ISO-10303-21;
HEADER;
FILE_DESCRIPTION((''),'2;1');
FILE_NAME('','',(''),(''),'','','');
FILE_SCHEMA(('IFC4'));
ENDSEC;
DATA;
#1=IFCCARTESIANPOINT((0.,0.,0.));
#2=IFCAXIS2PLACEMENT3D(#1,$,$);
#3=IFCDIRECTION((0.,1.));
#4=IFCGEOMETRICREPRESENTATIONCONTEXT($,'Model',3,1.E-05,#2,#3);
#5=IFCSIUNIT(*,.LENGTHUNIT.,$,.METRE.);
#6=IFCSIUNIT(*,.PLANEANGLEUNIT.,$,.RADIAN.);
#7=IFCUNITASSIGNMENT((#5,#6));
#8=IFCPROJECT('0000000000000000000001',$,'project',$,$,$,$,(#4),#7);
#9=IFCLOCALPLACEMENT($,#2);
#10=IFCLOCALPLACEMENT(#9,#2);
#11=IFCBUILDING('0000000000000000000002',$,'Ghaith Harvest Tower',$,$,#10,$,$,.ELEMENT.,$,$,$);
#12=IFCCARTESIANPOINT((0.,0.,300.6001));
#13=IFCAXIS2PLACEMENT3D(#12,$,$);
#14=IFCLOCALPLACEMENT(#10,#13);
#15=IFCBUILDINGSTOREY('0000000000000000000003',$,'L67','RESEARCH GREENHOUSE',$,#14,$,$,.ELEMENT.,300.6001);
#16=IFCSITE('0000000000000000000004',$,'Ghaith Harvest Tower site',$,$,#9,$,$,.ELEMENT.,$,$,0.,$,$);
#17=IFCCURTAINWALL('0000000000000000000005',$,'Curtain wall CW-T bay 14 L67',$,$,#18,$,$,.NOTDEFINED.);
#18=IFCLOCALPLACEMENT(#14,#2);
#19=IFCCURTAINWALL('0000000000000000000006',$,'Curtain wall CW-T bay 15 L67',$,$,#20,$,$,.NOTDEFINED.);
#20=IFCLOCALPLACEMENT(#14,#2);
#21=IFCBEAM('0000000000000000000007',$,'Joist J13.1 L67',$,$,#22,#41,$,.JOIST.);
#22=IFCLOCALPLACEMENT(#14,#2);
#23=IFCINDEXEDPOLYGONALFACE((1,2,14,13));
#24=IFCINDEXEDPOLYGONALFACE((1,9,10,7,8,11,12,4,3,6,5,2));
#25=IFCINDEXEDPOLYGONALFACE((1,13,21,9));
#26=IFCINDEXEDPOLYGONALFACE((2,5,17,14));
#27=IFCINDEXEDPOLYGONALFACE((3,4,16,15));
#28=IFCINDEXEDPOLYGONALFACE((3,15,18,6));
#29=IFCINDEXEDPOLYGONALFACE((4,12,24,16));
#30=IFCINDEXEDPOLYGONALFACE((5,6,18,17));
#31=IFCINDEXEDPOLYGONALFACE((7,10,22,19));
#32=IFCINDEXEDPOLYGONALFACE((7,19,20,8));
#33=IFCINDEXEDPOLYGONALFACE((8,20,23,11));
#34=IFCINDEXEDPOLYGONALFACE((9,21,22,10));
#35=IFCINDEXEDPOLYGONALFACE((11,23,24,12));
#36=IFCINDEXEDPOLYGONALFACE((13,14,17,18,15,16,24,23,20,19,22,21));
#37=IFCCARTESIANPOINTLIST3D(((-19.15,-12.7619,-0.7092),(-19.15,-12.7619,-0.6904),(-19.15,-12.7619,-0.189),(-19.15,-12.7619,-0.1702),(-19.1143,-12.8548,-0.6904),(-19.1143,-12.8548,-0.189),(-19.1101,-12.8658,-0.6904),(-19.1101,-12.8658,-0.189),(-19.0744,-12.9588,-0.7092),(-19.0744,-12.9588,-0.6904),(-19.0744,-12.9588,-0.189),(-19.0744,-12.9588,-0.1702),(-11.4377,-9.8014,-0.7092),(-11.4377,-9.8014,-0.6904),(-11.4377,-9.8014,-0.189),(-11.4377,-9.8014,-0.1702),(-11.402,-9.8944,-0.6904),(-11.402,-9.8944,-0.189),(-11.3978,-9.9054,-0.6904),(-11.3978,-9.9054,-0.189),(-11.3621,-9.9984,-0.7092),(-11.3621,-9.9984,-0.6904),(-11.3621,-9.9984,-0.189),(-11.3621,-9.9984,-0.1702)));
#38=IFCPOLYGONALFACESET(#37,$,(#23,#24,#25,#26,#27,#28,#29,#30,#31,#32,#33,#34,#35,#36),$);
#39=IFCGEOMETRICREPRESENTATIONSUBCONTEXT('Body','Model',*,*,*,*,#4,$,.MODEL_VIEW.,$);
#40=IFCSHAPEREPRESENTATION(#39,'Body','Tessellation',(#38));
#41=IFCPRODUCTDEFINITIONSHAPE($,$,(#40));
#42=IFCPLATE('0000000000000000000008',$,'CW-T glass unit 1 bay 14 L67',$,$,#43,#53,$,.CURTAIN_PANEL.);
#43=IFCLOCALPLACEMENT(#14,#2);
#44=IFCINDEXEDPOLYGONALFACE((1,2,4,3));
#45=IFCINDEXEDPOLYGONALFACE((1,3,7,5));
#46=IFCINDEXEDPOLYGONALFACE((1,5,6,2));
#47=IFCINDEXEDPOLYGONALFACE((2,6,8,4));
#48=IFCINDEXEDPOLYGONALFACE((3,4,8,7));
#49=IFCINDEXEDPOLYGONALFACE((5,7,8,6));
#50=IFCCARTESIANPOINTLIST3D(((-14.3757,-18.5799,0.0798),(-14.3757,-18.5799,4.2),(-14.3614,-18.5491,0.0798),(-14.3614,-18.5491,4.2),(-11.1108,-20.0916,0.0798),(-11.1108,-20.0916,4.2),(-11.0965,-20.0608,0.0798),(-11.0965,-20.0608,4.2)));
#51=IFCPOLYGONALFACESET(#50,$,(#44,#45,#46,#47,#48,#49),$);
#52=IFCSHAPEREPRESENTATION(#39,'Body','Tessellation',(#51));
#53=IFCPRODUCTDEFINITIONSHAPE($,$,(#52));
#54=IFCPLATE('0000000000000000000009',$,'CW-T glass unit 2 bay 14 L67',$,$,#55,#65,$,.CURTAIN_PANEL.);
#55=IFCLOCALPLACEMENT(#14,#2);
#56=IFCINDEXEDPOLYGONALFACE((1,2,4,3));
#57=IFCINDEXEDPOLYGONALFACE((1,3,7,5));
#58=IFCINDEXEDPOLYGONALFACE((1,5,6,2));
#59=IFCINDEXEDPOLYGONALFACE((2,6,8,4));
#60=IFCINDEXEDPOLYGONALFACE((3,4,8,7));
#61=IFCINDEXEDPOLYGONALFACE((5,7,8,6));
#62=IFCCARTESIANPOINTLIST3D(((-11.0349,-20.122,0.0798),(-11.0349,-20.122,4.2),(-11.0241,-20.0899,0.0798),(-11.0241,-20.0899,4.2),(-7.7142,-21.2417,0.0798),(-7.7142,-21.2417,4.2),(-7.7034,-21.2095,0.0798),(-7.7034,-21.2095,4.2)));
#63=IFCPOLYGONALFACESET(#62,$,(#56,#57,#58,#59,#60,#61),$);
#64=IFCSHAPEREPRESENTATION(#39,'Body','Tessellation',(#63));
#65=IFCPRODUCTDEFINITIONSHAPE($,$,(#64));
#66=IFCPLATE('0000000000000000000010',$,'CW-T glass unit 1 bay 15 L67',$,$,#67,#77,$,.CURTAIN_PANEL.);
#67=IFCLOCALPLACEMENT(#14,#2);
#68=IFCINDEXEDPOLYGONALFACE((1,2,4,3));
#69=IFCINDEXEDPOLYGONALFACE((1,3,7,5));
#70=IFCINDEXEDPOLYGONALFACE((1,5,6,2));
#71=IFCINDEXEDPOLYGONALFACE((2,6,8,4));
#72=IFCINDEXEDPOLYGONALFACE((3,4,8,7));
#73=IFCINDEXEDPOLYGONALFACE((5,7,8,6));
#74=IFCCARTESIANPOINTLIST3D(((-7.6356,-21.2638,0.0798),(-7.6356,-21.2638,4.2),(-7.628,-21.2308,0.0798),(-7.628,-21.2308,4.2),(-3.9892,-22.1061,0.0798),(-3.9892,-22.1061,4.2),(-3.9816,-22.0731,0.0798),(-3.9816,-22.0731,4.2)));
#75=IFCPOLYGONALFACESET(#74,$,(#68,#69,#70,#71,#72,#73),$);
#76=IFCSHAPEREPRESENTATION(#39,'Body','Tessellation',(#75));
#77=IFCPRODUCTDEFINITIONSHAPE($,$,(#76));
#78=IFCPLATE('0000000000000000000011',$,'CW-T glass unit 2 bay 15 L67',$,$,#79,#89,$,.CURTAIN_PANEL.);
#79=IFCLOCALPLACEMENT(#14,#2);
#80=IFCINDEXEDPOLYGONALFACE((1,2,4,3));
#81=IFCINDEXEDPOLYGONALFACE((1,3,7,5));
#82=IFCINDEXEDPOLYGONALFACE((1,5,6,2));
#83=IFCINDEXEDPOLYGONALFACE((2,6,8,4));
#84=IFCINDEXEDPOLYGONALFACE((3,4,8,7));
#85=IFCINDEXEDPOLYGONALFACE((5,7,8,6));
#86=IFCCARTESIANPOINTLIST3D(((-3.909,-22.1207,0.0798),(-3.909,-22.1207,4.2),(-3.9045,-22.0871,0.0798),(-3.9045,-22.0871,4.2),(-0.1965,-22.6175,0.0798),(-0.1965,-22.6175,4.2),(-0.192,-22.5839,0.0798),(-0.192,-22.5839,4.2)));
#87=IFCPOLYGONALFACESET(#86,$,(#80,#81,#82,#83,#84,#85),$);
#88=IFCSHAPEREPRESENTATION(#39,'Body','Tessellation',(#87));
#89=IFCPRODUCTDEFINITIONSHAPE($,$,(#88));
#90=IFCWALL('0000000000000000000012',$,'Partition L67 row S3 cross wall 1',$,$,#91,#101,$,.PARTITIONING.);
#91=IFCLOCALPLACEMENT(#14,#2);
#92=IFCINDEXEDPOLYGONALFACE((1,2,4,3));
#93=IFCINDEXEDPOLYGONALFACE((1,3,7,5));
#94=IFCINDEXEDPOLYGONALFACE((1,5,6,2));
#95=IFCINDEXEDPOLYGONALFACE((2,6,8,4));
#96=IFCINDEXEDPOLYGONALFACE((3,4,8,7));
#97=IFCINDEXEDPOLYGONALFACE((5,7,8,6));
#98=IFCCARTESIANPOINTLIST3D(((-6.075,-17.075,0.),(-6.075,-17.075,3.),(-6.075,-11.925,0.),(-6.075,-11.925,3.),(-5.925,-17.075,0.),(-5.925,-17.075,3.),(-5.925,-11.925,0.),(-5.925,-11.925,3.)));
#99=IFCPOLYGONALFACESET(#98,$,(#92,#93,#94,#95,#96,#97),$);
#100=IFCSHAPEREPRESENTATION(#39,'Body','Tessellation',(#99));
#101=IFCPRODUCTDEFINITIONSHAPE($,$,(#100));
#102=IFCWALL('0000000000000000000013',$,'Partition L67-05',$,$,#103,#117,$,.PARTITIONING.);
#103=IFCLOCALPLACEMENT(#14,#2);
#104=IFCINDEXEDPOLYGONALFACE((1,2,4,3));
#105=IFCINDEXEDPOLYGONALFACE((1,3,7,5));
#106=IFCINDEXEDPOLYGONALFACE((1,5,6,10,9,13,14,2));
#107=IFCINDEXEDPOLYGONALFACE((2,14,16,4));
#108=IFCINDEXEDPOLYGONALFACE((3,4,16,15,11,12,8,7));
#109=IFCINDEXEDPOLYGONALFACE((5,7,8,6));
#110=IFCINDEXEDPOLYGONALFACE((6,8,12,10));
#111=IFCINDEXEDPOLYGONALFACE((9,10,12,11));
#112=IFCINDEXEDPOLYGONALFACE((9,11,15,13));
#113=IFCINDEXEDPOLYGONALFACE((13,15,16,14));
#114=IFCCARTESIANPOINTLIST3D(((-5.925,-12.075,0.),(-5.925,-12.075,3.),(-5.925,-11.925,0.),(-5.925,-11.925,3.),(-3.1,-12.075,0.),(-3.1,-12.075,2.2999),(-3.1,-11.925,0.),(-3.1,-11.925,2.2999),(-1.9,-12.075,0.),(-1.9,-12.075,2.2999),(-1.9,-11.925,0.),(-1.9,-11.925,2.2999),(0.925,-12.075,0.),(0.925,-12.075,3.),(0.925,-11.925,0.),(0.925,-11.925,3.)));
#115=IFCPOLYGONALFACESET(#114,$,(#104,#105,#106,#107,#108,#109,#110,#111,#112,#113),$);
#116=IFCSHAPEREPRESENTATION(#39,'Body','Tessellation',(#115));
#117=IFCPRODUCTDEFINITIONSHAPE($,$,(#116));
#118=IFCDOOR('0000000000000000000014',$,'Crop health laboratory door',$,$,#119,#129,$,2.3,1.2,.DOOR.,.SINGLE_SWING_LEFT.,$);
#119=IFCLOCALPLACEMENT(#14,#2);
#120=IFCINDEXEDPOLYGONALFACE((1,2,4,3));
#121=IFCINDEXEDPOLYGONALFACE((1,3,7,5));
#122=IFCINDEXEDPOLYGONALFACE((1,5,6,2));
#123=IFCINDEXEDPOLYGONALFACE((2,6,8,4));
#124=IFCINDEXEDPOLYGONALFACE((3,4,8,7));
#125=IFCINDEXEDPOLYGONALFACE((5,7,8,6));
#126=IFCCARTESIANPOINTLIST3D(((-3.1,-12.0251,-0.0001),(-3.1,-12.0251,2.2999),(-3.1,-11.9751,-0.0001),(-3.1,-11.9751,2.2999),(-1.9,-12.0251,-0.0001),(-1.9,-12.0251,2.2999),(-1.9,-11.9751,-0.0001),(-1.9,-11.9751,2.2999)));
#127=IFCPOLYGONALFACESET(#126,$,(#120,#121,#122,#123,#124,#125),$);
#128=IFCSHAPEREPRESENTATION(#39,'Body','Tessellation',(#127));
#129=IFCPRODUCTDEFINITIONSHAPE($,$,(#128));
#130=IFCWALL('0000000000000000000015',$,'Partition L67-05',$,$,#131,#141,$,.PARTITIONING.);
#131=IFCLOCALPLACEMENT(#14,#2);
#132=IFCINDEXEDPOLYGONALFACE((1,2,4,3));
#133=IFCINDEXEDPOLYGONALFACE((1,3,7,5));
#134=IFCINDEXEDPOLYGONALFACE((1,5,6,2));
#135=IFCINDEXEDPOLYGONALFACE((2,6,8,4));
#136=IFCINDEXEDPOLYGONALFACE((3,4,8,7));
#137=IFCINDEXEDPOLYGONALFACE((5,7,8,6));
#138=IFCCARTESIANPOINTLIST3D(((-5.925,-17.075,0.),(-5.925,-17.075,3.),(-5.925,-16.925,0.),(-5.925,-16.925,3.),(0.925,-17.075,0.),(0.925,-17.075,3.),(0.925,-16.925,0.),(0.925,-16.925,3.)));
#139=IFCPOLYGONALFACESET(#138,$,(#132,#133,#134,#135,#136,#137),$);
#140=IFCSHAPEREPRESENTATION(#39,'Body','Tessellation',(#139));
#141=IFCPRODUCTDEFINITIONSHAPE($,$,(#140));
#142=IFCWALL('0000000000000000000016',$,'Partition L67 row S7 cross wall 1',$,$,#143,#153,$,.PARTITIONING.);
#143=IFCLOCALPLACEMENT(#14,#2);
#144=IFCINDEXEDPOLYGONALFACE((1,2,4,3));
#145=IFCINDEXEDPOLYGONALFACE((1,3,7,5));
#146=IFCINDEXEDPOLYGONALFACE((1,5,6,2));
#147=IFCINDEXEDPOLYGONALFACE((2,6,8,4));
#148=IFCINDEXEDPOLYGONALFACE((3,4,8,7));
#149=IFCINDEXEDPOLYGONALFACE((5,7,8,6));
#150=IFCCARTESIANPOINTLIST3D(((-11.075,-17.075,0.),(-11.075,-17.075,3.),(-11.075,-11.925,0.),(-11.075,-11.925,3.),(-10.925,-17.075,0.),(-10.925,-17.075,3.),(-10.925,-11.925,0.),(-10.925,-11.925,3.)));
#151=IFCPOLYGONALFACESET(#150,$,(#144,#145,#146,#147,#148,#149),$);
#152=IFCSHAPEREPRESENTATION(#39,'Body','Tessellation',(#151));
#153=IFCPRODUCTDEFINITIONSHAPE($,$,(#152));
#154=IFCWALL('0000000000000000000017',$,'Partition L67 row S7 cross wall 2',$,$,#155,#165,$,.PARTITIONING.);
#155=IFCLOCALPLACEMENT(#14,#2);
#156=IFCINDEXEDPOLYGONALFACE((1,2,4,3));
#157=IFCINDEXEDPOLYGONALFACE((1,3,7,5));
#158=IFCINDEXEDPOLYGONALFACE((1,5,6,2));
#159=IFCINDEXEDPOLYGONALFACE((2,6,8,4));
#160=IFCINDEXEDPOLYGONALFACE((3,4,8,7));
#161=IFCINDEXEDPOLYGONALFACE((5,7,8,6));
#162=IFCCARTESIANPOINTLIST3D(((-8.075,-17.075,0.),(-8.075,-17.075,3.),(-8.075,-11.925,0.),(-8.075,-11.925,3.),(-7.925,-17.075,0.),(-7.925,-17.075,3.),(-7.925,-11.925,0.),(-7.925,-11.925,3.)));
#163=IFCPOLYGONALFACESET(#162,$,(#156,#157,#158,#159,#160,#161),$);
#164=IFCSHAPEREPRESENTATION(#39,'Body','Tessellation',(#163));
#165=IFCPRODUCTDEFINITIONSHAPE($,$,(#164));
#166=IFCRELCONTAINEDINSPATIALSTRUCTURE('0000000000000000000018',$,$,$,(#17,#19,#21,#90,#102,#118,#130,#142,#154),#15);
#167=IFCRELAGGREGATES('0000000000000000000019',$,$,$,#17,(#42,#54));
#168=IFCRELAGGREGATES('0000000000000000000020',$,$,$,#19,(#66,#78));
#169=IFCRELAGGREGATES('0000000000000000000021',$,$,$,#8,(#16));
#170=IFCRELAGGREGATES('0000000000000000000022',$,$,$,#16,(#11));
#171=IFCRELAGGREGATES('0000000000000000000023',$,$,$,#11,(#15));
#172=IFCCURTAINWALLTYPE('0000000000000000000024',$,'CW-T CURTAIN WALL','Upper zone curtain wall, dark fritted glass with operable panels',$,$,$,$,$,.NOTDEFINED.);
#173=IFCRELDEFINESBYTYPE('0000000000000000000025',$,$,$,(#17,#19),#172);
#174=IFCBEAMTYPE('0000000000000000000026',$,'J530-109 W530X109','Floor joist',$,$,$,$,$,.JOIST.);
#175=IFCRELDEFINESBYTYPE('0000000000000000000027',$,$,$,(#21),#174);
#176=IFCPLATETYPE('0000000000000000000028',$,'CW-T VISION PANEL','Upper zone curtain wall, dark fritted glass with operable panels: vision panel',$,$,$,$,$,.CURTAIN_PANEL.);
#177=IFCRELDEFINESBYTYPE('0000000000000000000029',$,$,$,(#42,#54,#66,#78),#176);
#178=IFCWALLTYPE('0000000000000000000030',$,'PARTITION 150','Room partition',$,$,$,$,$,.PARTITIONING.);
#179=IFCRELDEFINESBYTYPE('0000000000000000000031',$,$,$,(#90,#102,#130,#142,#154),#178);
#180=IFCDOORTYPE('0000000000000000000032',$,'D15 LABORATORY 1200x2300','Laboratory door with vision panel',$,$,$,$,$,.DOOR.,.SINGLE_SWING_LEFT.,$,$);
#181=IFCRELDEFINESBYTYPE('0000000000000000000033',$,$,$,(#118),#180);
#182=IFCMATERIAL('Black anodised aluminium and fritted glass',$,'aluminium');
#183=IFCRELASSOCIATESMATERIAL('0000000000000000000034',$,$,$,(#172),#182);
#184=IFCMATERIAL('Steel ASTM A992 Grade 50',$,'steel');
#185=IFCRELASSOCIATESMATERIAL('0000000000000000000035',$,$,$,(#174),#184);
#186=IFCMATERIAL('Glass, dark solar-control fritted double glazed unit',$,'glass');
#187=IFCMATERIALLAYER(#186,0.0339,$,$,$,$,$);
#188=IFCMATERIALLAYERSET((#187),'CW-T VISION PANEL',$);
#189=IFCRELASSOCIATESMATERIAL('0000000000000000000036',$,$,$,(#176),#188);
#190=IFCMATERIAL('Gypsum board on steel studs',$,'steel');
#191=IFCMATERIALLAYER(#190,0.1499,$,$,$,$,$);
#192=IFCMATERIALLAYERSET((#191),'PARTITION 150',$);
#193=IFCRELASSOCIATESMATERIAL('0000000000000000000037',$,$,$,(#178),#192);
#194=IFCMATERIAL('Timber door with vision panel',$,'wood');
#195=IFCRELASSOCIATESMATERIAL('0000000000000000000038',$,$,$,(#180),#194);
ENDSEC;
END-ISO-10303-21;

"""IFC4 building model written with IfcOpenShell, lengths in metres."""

from ifc_helpers import new_model, si_unit, direction, frame, frame_2d, origin, origin_2d, place, context, subcontext, project, spatial, rectangle, i_section, extrude, material, layer, layer_set, material_profile, profile_set, type_object, element, fill, aggregate, save


model = new_model("IFC4")

# Units and contexts
model_context = context("Model", 3, precision=1e-05, world=origin(), true_north=direction((0.0, 1.0)))
body_context = subcontext(model_context, "Body", "Model", "MODEL_VIEW")
ifc_project = project(units=[si_unit("LENGTHUNIT", "METRE"), si_unit("PLANEANGLEUNIT", "RADIAN")], contexts=[model_context])

# Site, building, storey
site_placement = place(None, origin())
site = spatial("IfcSite", under=ifc_project, at=site_placement, Name="Ghaith Harvest Tower site", CompositionType="ELEMENT", RefElevation=0.0)
building_placement = place(site_placement, origin())
building = spatial("IfcBuilding", under=site, at=building_placement, Name="Ghaith Harvest Tower", CompositionType="ELEMENT")
storey_placement = place(building_placement, frame((0.0, 0.0, 300.6001)))
storey = spatial("IfcBuildingStorey", under=building, at=storey_placement, Name="L67", Description="RESEARCH GREENHOUSE", CompositionType="ELEMENT", Elevation=300.6001)

# Curtain wall
ifc_material_1 = material(Name="Black anodised aluminium and fritted glass", Category="aluminium")
curtain_wall_type = type_object("IfcCurtainWallType", Name="CW-T CURTAIN WALL", Description="Upper zone curtain wall, dark fritted glass with operable panels", PredefinedType="NOTDEFINED", material=ifc_material_1)
curtain_wall_1_placement = place(storey_placement, origin())
curtain_wall_1 = element("IfcCurtainWall", 1, at=curtain_wall_1_placement, inside=storey, type_object=curtain_wall_type, Name="Curtain wall CW-T bay 14 L67", PredefinedType="NOTDEFINED")

# Curtain wall
curtain_wall_2_placement = place(storey_placement, origin())
curtain_wall_2 = element("IfcCurtainWall", 2, at=curtain_wall_2_placement, inside=storey, type_object=curtain_wall_type, Name="Curtain wall CW-T bay 15 L67", PredefinedType="NOTDEFINED")

# Beam
ifc_material_2 = material(Name="Steel ASTM A992 Grade 50", Category="steel")
ifc_material_profile_1 = material_profile(ifc_material_2, i_section(OverallWidth=0.2109, OverallDepth=0.5391, WebThickness=0.0117, FlangeThickness=0.0188, at=origin_2d()), Name="W530X109")
ifc_profile_set_1 = profile_set([ifc_material_profile_1], Name="Steel ASTM A992 Grade 50")
beam_type_1 = type_object("IfcBeamType", Name="J530-109 W530X109", Description="Floor joist", PredefinedType="JOIST", material=ifc_profile_set_1)
beam_1_placement = place(storey_placement, frame((-11.3999, -9.8999, -0.4397), z_axis=(-0.933583, -0.358361, 0.0), x_axis=(0.358361, -0.933583, 0.0)))
element("IfcBeam", 3, at=beam_1_placement, inside=storey, type_object=beam_type_1, Name="Joist J13.1 L67", PredefinedType="JOIST", context=body_context, shape_type="SweptSolid", body=[
    extrude(i_section(OverallWidth=0.2109, OverallDepth=0.5391, WebThickness=0.0117, FlangeThickness=0.0188, at=origin_2d()), origin(), (0.0, 0.0, 1.0), 8.261),
])

# Plates
ifc_material_3 = material(Name="Glass, dark solar-control fritted double glazed unit", Category="glass")
ifc_layer_1 = layer(ifc_material_3, 0.0339)
ifc_layer_set_1 = layer_set([ifc_layer_1], Name="CW-T VISION PANEL")
plate_type = type_object("IfcPlateType", Name="CW-T VISION PANEL", Description="Upper zone curtain wall, dark fritted glass with operable panels: vision panel", PredefinedType="CURTAIN_PANEL", material=ifc_layer_set_1)
plate_1_placement = place(storey_placement, frame((-12.7361, -19.3203, 0.0798), z_axis=(0.0, 0.0, 1.0), x_axis=(0.90745, -0.42016, 0.0)))
plate_1 = element("IfcPlate", 4, at=plate_1_placement, type_object=plate_type, Name="CW-T glass unit 1 bay 14 L67", PredefinedType="CURTAIN_PANEL", context=body_context, shape_type="SweptSolid", body=[
    extrude(rectangle(XDim=3.5979, YDim=0.0339, at=origin_2d()), origin(), (0.0, 0.0, 1.0), 4.1201),
])
plate_2_placement = place(storey_placement, frame((-9.3691, -20.6658, 0.0798), z_axis=(0.0, 0.0, 1.0), x_axis=(0.947586, -0.3195, 0.0)))
plate_2 = element("IfcPlate", 5, at=plate_2_placement, type_object=plate_type, Name="CW-T glass unit 2 bay 14 L67", PredefinedType="CURTAIN_PANEL", context=body_context, shape_type="SweptSolid", body=[
    extrude(rectangle(XDim=3.5044, YDim=0.0339, at=origin_2d()), origin(), (0.0, 0.0, 1.0), 4.1201),
])
aggregate(curtain_wall_1, [plate_1, plate_2])
plate_3_placement = place(storey_placement, frame((-5.8086, -21.6685, 0.0798), z_axis=(0.0, 0.0, 1.0), x_axis=(0.974342, -0.225072, 0.0)))
plate_3 = element("IfcPlate", 6, at=plate_3_placement, type_object=plate_type, Name="CW-T glass unit 1 bay 15 L67", PredefinedType="CURTAIN_PANEL", context=body_context, shape_type="SweptSolid", body=[
    extrude(rectangle(XDim=3.7424, YDim=0.0339, at=origin_2d()), origin(), (0.0, 0.0, 1.0), 4.1201),
])
plate_4_placement = place(storey_placement, frame((-2.0505, -22.3523, 0.0798), z_axis=(0.0, 0.0, 1.0), x_axis=(0.991165, -0.132633, 0.0)))
plate_4 = element("IfcPlate", 7, at=plate_4_placement, type_object=plate_type, Name="CW-T glass unit 2 bay 15 L67", PredefinedType="CURTAIN_PANEL", context=body_context, shape_type="SweptSolid", body=[
    extrude(rectangle(XDim=3.7456, YDim=0.0339, at=origin_2d()), origin(), (0.0, 0.0, 1.0), 4.1201),
])
aggregate(curtain_wall_2, [plate_3, plate_4])

# Wall
ifc_material_4 = material(Name="Gypsum board on steel studs", Category="steel")
ifc_layer_2 = layer(ifc_material_4, 0.1499)
ifc_layer_set_2 = layer_set([ifc_layer_2], Name="PARTITION 150")
wall_type = type_object("IfcWallType", Name="PARTITION 150", Description="Room partition", PredefinedType="PARTITIONING", material=ifc_layer_set_2)
wall_1_placement = place(storey_placement, frame((-6.0, -11.925, 0.0), z_axis=(0.0, 0.0, 1.0), x_axis=(0.0, -1.0, 0.0)))
element("IfcWall", 8, at=wall_1_placement, inside=storey, type_object=wall_type, Name="Partition L67 row S3 cross wall 1", PredefinedType="PARTITIONING", context=body_context, shape_type="SweptSolid", body=[
    extrude(rectangle(XDim=5.1499, YDim=0.1499, at=frame_2d((2.575, 0.0))), origin(), (0.0, 0.0, 1.0), 3.0),
])

# Wall, opening, door
wall_2_placement = place(storey_placement, frame((-5.925, -12.0, 0.0), z_axis=(0.0, 0.0, 1.0), x_axis=(1.0, 0.0, 0.0)))
wall_2 = element("IfcWall", 9, at=wall_2_placement, inside=storey, type_object=wall_type, Name="Partition L67-05", PredefinedType="PARTITIONING", context=body_context, shape_type="SweptSolid", body=[
    extrude(rectangle(XDim=6.8501, YDim=0.1499, at=frame_2d((3.425, 0.0))), origin(), (0.0, 0.0, 1.0), 3.0),
])
opening_1_placement = place(wall_2_placement, frame((2.825, 0.0, 0.0)))
opening_1 = element("IfcOpeningElement", 10, at=opening_1_placement, cuts=wall_2, PredefinedType="OPENING", context=body_context, shape_type="SweptSolid", body=[
    extrude(rectangle(XDim=1.2, YDim=2.3, at=frame_2d((0.6001, 1.1499))), frame((0.0, 0.085, 0.0), z_axis=(0.0, -1.0, 0.0), x_axis=(1.0, 0.0, 0.0)), (0.0, 0.0, 1.0), 0.1699),
])
ifc_material_5 = material(Name="Timber door with vision panel", Category="wood")
door_type_1 = type_object("IfcDoorType", Name="D15 LABORATORY 1200x2300", Description="Laboratory door with vision panel", OperationType="SINGLE_SWING_LEFT", PredefinedType="DOOR", material=ifc_material_5)
door_1_placement = place(opening_1_placement, origin())
door_1 = element("IfcDoor", 11, at=door_1_placement, inside=storey, type_object=door_type_1, Name="Crop health laboratory door", OperationType="SINGLE_SWING_LEFT", OverallHeight=2.3, OverallWidth=1.2, PredefinedType="DOOR", context=body_context, shape_type="SweptSolid", body=[
    extrude(rectangle(XDim=1.2, YDim=2.3, at=frame_2d((0.6001, 1.1499))), frame((0.0, 0.0249, 0.0), z_axis=(0.0, -1.0, 0.0), x_axis=(1.0, 0.0, 0.0)), (0.0, 0.0, 1.0), 0.05),
])
fill(opening_1, door_1)

# Walls
wall_3_placement = place(storey_placement, frame((-5.925, -17.0, 0.0), z_axis=(0.0, 0.0, 1.0), x_axis=(1.0, 0.0, 0.0)))
element("IfcWall", 12, at=wall_3_placement, inside=storey, type_object=wall_type, Name="Partition L67-05", PredefinedType="PARTITIONING", context=body_context, shape_type="SweptSolid", body=[
    extrude(rectangle(XDim=6.8501, YDim=0.1499, at=frame_2d((3.425, 0.0))), origin(), (0.0, 0.0, 1.0), 3.0),
])
for number, where, z_axis, x_axis, name in (
    (13, (-11.0, -11.925, 0.0), (0.0, 0.0, 1.0), (0.0, -1.0, 0.0), "Partition L67 row S7 cross wall 1"),
    (14, (-8.0, -11.925, 0.0), (0.0, 0.0, 1.0), (0.0, -1.0, 0.0), "Partition L67 row S7 cross wall 2"),
):
    element("IfcWall", number, at=place(storey_placement, frame(where, z_axis=z_axis, x_axis=x_axis)), inside=storey, type_object=wall_type, Name=name, PredefinedType="PARTITIONING", context=body_context, shape_type="SweptSolid", body=[
        extrude(rectangle(XDim=5.1499, YDim=0.1499, at=frame_2d((2.575, 0.0))), origin(), (0.0, 0.0, 1.0), 3.0),
    ])

save(model, "model.ifc")
